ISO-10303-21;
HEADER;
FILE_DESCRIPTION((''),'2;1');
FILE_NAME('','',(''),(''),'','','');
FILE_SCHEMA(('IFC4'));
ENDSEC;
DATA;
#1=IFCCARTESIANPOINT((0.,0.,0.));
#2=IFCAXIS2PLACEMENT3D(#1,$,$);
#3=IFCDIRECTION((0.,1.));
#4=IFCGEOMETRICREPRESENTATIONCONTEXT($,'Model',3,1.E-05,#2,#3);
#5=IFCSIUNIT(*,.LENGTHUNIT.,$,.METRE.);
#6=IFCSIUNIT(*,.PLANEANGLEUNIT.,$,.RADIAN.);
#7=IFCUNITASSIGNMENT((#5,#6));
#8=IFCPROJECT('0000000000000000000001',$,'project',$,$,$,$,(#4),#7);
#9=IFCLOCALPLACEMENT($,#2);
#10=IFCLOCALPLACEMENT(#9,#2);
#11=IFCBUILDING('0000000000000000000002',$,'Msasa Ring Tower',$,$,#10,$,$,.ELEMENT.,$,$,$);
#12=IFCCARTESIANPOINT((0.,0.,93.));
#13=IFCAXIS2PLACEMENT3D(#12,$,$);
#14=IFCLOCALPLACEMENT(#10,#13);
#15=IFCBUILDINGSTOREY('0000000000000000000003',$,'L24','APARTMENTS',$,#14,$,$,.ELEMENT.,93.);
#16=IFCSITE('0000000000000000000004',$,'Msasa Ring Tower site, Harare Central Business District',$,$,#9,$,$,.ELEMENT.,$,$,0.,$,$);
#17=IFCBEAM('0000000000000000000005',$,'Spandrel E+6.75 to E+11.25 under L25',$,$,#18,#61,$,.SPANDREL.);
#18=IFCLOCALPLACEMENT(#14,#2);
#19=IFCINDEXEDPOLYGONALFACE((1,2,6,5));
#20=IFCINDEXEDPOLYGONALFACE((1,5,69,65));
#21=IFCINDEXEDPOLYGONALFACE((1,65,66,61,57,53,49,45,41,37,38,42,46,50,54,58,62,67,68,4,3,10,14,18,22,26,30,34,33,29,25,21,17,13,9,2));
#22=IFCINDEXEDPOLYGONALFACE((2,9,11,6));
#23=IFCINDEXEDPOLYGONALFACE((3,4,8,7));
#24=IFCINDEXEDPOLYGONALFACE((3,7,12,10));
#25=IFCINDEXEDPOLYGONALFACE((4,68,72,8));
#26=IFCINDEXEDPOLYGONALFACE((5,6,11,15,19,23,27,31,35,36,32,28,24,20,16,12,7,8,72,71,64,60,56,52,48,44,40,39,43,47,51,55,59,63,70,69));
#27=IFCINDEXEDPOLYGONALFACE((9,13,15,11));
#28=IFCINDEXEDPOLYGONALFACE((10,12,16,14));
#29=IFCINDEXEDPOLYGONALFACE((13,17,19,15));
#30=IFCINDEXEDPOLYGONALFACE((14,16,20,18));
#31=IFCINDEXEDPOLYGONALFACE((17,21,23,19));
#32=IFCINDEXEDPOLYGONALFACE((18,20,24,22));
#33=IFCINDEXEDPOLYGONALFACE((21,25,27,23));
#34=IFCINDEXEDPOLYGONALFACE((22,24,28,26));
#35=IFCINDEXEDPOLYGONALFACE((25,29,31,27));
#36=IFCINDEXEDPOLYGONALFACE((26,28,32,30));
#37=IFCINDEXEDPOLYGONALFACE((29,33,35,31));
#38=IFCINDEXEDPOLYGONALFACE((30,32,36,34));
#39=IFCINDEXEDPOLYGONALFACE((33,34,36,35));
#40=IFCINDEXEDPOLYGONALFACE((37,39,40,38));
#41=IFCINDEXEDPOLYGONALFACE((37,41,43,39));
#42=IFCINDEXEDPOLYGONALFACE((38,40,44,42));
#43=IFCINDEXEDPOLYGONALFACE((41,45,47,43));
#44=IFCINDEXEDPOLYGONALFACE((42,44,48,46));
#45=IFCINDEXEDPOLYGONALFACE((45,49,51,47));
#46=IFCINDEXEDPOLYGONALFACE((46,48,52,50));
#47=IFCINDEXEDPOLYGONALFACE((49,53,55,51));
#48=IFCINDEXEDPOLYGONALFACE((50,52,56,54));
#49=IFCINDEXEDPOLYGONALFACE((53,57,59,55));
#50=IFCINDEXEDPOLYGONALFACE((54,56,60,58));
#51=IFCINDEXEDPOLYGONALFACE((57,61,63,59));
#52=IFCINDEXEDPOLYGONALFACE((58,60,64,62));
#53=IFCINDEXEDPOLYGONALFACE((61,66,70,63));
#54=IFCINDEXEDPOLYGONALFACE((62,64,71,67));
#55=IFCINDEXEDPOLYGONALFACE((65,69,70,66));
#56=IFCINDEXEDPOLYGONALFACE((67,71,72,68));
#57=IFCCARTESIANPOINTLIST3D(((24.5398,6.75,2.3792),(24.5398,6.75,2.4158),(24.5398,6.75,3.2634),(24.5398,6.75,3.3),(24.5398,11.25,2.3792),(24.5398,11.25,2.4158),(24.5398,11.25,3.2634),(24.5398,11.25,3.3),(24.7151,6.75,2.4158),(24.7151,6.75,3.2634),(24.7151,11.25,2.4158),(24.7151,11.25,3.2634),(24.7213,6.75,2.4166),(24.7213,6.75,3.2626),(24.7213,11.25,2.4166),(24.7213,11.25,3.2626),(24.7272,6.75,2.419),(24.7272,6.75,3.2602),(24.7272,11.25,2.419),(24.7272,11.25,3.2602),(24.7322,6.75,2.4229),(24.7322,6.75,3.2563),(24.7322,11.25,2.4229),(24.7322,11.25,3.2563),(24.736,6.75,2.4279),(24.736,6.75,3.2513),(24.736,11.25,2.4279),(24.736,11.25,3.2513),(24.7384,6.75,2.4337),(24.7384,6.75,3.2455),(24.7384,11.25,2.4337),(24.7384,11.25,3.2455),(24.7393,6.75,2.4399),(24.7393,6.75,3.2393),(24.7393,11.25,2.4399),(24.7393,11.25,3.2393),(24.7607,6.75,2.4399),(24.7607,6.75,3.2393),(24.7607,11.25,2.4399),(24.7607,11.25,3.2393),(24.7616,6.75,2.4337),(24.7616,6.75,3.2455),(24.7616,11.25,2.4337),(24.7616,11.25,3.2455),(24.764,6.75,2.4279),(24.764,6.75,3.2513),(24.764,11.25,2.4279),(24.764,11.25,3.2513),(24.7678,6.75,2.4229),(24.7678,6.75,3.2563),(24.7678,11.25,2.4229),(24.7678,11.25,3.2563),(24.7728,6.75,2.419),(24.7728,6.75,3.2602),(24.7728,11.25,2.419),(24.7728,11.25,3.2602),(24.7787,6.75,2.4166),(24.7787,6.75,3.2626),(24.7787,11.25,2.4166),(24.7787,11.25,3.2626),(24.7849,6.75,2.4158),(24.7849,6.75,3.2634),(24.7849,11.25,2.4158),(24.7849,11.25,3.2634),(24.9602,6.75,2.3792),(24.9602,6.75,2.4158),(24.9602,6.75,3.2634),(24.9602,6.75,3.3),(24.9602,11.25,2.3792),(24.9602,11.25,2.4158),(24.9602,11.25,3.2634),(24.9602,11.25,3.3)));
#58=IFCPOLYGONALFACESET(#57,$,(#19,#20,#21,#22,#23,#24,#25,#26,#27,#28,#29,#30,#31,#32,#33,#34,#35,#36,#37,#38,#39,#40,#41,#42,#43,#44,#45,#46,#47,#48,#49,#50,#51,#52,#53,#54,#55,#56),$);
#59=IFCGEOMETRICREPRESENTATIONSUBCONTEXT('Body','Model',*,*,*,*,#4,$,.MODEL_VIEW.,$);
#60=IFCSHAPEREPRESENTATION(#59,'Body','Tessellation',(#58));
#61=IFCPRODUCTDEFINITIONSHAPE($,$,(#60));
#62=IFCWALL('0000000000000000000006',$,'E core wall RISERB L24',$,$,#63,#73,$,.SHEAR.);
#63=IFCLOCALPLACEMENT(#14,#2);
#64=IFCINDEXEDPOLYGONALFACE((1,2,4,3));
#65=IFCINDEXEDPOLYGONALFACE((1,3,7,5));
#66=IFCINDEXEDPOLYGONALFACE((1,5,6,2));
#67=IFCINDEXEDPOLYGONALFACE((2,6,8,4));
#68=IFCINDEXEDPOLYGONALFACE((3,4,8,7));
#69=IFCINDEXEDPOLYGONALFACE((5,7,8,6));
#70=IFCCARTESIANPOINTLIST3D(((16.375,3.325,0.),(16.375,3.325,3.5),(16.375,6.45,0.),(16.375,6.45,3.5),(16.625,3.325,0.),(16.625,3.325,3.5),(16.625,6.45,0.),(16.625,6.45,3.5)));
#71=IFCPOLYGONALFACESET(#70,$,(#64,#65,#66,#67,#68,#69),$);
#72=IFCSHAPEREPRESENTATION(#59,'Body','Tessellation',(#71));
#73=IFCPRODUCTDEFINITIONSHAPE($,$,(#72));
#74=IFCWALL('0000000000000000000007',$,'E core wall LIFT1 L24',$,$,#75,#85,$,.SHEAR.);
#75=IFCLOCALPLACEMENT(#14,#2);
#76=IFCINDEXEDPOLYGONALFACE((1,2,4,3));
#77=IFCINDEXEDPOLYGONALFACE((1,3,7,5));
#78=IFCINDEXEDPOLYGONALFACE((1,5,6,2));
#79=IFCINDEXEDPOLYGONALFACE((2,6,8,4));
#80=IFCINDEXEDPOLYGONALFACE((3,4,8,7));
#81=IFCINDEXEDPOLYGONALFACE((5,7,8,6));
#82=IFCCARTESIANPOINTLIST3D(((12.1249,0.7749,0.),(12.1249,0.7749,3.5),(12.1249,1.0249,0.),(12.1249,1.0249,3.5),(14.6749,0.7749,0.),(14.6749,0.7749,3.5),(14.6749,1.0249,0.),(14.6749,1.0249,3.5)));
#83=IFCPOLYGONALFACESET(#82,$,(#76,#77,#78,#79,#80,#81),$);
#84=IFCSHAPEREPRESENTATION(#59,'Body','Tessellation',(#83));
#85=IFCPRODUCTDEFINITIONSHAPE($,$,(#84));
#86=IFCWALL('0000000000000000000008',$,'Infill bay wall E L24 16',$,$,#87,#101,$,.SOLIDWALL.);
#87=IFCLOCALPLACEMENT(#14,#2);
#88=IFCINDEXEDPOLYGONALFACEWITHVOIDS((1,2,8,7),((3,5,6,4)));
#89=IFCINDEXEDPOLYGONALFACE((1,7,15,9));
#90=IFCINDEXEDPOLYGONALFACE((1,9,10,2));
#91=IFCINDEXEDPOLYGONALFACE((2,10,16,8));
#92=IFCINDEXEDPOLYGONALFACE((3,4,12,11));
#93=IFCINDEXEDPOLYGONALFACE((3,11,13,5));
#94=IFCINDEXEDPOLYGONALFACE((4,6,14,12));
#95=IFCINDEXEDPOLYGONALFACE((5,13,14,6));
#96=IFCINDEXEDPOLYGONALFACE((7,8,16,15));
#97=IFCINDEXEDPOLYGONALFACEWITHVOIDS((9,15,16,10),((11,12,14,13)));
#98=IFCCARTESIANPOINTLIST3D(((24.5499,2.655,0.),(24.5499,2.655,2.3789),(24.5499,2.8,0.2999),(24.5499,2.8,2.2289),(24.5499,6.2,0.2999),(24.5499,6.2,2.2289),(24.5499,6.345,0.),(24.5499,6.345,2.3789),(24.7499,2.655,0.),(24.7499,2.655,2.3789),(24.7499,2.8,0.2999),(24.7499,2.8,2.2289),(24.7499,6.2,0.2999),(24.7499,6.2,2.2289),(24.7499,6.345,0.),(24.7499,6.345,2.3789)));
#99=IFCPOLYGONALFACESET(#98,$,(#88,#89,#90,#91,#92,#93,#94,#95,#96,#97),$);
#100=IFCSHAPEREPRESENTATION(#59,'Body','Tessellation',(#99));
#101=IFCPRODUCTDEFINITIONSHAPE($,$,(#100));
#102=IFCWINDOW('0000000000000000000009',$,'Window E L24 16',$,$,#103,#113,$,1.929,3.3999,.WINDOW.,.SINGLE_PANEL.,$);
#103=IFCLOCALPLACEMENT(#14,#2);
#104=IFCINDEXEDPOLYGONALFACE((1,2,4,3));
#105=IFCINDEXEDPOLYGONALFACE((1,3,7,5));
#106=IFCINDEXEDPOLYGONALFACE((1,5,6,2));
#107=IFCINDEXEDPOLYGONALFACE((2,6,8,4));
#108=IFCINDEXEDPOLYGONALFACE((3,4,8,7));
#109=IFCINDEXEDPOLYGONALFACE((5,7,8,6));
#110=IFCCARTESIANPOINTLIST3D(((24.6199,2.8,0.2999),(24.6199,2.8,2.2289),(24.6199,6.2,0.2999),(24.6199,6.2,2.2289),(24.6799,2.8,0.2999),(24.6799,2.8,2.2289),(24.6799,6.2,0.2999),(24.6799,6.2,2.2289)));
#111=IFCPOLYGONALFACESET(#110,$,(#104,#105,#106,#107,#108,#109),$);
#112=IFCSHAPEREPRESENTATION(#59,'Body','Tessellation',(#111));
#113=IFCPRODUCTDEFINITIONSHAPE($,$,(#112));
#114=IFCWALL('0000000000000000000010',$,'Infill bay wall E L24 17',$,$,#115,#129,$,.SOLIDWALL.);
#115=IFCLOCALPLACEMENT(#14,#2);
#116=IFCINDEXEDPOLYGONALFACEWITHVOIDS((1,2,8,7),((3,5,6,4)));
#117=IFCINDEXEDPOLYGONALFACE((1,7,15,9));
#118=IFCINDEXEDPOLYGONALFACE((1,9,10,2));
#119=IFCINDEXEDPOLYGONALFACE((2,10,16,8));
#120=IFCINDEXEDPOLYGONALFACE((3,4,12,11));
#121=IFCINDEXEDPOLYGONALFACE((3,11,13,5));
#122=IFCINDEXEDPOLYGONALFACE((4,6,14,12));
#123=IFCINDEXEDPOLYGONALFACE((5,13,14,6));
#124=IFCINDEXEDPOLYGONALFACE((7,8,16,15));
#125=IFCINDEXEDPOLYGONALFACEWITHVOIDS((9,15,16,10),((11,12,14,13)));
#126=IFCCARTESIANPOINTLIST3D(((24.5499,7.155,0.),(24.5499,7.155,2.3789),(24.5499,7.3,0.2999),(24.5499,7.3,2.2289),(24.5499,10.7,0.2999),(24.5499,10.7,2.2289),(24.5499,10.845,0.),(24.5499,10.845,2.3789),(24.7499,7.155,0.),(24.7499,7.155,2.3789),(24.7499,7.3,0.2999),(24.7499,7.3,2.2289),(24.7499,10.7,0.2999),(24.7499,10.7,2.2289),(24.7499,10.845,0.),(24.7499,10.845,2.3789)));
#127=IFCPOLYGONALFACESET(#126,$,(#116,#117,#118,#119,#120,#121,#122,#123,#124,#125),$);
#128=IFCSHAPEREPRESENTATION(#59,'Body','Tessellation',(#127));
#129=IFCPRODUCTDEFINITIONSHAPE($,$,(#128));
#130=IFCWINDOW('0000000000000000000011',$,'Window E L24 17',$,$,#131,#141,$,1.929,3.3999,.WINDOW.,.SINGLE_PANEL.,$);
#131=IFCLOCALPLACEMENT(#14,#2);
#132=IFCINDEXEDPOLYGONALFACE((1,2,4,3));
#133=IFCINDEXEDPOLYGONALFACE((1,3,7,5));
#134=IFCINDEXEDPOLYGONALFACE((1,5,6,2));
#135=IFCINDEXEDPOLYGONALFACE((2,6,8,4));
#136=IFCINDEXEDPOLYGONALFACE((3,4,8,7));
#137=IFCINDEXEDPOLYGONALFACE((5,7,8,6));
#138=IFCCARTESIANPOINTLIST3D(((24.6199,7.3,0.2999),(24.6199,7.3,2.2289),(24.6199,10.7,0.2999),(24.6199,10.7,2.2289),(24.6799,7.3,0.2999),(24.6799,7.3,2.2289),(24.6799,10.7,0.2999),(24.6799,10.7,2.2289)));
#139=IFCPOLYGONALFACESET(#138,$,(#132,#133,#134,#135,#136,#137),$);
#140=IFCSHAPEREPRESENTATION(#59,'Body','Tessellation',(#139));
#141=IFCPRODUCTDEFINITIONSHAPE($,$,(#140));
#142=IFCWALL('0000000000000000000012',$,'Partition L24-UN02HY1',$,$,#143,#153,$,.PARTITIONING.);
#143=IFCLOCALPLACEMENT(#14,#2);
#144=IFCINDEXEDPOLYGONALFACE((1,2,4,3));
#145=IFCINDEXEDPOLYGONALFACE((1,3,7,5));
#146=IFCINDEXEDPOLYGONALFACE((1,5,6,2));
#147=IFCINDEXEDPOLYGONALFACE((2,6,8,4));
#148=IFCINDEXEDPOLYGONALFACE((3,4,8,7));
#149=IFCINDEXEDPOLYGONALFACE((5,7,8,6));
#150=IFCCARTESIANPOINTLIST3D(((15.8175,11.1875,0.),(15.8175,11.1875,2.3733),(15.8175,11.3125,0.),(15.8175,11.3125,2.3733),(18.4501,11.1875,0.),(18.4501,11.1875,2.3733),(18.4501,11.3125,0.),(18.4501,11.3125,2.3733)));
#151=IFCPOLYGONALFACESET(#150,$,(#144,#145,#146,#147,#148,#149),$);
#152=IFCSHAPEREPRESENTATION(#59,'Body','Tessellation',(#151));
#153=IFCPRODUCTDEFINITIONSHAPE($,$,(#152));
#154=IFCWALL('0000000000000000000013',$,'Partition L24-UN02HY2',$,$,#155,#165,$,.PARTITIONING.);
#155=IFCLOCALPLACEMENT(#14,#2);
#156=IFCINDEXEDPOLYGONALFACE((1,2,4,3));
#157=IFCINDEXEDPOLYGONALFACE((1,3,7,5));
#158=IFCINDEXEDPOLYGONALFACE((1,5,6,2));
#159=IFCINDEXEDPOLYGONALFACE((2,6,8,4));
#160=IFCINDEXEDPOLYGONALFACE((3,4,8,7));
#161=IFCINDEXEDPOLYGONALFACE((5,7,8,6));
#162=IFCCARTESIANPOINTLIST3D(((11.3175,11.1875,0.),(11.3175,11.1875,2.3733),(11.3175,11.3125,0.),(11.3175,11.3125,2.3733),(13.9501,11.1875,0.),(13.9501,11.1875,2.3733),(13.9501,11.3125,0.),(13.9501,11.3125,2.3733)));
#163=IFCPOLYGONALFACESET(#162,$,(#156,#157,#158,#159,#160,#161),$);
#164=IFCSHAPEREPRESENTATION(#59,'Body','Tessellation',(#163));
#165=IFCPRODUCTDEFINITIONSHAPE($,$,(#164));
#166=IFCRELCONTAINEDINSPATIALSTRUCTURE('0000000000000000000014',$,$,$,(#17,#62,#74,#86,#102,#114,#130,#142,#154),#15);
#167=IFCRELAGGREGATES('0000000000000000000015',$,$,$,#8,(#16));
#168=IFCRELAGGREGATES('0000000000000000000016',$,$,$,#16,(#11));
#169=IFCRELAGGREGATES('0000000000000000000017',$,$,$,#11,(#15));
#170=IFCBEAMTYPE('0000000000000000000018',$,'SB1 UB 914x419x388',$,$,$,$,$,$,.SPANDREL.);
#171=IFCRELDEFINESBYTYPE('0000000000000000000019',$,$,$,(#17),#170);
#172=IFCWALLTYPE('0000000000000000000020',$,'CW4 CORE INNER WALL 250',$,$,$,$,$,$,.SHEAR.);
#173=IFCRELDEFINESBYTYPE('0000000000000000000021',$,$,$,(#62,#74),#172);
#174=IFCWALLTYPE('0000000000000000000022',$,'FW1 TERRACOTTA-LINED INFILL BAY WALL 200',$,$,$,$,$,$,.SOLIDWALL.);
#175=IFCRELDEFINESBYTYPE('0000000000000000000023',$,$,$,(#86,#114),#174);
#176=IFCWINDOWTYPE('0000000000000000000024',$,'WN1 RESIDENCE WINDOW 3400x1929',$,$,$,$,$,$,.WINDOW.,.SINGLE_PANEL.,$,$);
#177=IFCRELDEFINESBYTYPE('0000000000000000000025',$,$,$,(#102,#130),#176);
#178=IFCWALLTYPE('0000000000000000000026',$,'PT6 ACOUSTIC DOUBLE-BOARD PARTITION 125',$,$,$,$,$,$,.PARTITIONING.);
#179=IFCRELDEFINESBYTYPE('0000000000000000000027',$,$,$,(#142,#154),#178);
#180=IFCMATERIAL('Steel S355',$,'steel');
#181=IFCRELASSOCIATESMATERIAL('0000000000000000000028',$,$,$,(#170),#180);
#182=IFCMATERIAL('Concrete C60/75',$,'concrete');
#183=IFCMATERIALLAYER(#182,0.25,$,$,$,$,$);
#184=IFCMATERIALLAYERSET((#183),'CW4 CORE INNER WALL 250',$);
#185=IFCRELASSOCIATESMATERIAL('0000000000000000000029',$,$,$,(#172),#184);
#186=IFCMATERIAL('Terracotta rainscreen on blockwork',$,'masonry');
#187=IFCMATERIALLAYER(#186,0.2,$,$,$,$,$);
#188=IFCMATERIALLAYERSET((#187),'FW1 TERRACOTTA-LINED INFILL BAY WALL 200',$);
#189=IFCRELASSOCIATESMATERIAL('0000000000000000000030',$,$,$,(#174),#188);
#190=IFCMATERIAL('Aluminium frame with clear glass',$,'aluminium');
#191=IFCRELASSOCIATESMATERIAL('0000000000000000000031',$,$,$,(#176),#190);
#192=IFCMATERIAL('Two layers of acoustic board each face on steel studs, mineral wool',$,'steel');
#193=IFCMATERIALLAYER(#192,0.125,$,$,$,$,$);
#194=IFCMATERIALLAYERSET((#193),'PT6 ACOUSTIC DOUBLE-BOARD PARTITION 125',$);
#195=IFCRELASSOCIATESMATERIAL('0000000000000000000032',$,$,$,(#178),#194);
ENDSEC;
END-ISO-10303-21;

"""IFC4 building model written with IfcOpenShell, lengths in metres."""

from ifc_helpers import new_model, si_unit, direction, frame, frame_2d, origin, origin_2d, place, context, subcontext, project, spatial, rectangle, i_section, extrude, material, layer, layer_set, material_profile, profile_set, type_object, element, fill, save


model = new_model("IFC4")

# Units and contexts
model_context = context("Model", 3, precision=1e-05, world=origin(), true_north=direction((0.0, 1.0)))
body_context = subcontext(model_context, "Body", "Model", "MODEL_VIEW")
ifc_project = project(units=[si_unit("LENGTHUNIT", "METRE"), si_unit("PLANEANGLEUNIT", "RADIAN")], contexts=[model_context])

# Site, building, storey
site_placement = place(None, origin())
site = spatial("IfcSite", under=ifc_project, at=site_placement, Name="Msasa Ring Tower site, Harare Central Business District", CompositionType="ELEMENT", RefElevation=0.0)
building_placement = place(site_placement, origin())
building = spatial("IfcBuilding", under=site, at=building_placement, Name="Msasa Ring Tower", CompositionType="ELEMENT")
storey_placement = place(building_placement, frame((0.0, 0.0, 93.0)))
storey = spatial("IfcBuildingStorey", under=building, at=storey_placement, Name="L24", Description="APARTMENTS", CompositionType="ELEMENT", Elevation=93.0)

# Beam
ifc_material_1 = material(Name="Steel S355", Category="steel")
ifc_material_profile_1 = material_profile(ifc_material_1, i_section(OverallWidth=0.4204, OverallDepth=0.9209, WebThickness=0.0215, FlangeThickness=0.0366, FilletRadius=0.0242, at=origin_2d()), Name="UB 914x419x388")
ifc_profile_set_1 = profile_set([ifc_material_profile_1], Name="Steel S355")
beam_type_1 = type_object("IfcBeamType", Name="SB1 UB 914x419x388", PredefinedType="SPANDREL", material=ifc_profile_set_1)
for number, where, z_axis, x_axis, name in (
    (1, (24.75, 6.75, 2.8396), (0.0, 1.0, 0.0), (-1.0, 0.0, 0.0), "Spandrel E+6.75 to E+11.25 under L25"),
):
    element("IfcBeam", number, at=place(storey_placement, frame(where, z_axis=z_axis, x_axis=x_axis)), inside=storey, type_object=beam_type_1, Name=name, PredefinedType="SPANDREL", context=body_context, shape_type="SweptSolid", body=[
        extrude(i_section(OverallWidth=0.4204, OverallDepth=0.9209, WebThickness=0.0215, FlangeThickness=0.0366, FilletRadius=0.0242, at=origin_2d()), origin(), (0.0, 0.0, 1.0), 4.5),
    ])

# Walls
ifc_material_2 = material(Name="Concrete C60/75", Category="concrete")
ifc_layer_1 = layer(ifc_material_2, 0.25)
ifc_layer_set_1 = layer_set([ifc_layer_1], Name="CW4 CORE INNER WALL 250")
wall_type_1 = type_object("IfcWallType", Name="CW4 CORE INNER WALL 250", PredefinedType="SHEAR", material=ifc_layer_set_1)
wall_1_placement = place(storey_placement, frame((16.5, 3.325, 0.0), z_axis=(0.0, 0.0, 1.0), x_axis=(0.0, 1.0, 0.0)))
element("IfcWall", 2, at=wall_1_placement, inside=storey, type_object=wall_type_1, Name="E core wall RISERB L24", PredefinedType="SHEAR", context=body_context, shape_type="SweptSolid", body=[
    extrude(rectangle(XDim=3.125, YDim=0.25, at=frame_2d((1.5625, 0.0))), origin(), (0.0, 0.0, 1.0), 3.5),
])
wall_2_placement = place(storey_placement, frame((12.125, 0.8999, 0.0), z_axis=(0.0, 0.0, 1.0), x_axis=(1.0, 0.0, 0.0)))
element("IfcWall", 3, at=wall_2_placement, inside=storey, type_object=wall_type_1, Name="E core wall LIFT1 L24", PredefinedType="SHEAR", context=body_context, shape_type="SweptSolid", body=[
    extrude(rectangle(XDim=2.55, YDim=0.25, at=frame_2d((1.2749, 0.0))), origin(), (0.0, 0.0, 1.0), 3.5),
])

# Walls, openings, windows
ifc_material_3 = material(Name="Terracotta rainscreen on blockwork", Category="masonry")
ifc_layer_2 = layer(ifc_material_3, 0.2)
ifc_layer_set_2 = layer_set([ifc_layer_2], Name="FW1 TERRACOTTA-LINED INFILL BAY WALL 200")
wall_type_2 = type_object("IfcWallType", Name="FW1 TERRACOTTA-LINED INFILL BAY WALL 200", PredefinedType="SOLIDWALL", material=ifc_layer_set_2)
wall_3_placement = place(storey_placement, frame((24.6499, 2.655, 0.0), z_axis=(0.0, 0.0, 1.0), x_axis=(0.0, 1.0, 0.0)))
wall_3 = element("IfcWall", 4, at=wall_3_placement, inside=storey, type_object=wall_type_2, Name="Infill bay wall E L24 16", PredefinedType="SOLIDWALL", context=body_context, shape_type="SweptSolid", body=[
    extrude(rectangle(XDim=3.6899, YDim=0.2, at=frame_2d((1.845, 0.0))), origin(), (0.0, 0.0, 1.0), 2.3789),
])
opening_1_placement = place(wall_3_placement, frame((0.145, 0.0, 0.3)))
opening_1 = element("IfcOpeningElement", 5, at=opening_1_placement, cuts=wall_3, PredefinedType="OPENING", context=body_context, shape_type="SweptSolid", body=[
    extrude(rectangle(XDim=3.3999, YDim=1.929, at=frame_2d((1.7, 0.9644))), frame((0.0, 0.1099, 0.0), z_axis=(0.0, -1.0, 0.0), x_axis=(1.0, 0.0, 0.0)), (0.0, 0.0, 1.0), 0.22),
])
ifc_material_4 = material(Name="Aluminium frame with clear glass", Category="aluminium")
window_type = type_object("IfcWindowType", Name="WN1 RESIDENCE WINDOW 3400x1929", PartitioningType="SINGLE_PANEL", PredefinedType="WINDOW", material=ifc_material_4)
window_1_placement = place(opening_1_placement, origin())
window_1 = element("IfcWindow", 6, at=window_1_placement, inside=storey, type_object=window_type, Name="Window E L24 16", OverallHeight=1.929, OverallWidth=3.3999, PartitioningType="SINGLE_PANEL", PredefinedType="WINDOW", context=body_context, shape_type="SweptSolid", body=[
    extrude(rectangle(XDim=3.3999, YDim=1.929, at=frame_2d((1.7, 0.9644))), frame((0.0, 0.03, 0.0), z_axis=(0.0, -1.0, 0.0), x_axis=(1.0, 0.0, 0.0)), (0.0, 0.0, 1.0), 0.0601),
])
fill(opening_1, window_1)
wall_4_placement = place(storey_placement, frame((24.6499, 7.155, 0.0), z_axis=(0.0, 0.0, 1.0), x_axis=(0.0, 1.0, 0.0)))
wall_4 = element("IfcWall", 7, at=wall_4_placement, inside=storey, type_object=wall_type_2, Name="Infill bay wall E L24 17", PredefinedType="SOLIDWALL", context=body_context, shape_type="SweptSolid", body=[
    extrude(rectangle(XDim=3.6899, YDim=0.2, at=frame_2d((1.845, 0.0))), origin(), (0.0, 0.0, 1.0), 2.3789),
])
opening_2_placement = place(wall_4_placement, frame((0.145, 0.0, 0.3)))
opening_2 = element("IfcOpeningElement", 8, at=opening_2_placement, cuts=wall_4, PredefinedType="OPENING", context=body_context, shape_type="SweptSolid", body=[
    extrude(rectangle(XDim=3.3999, YDim=1.929, at=frame_2d((1.7, 0.9644))), frame((0.0, 0.1099, 0.0), z_axis=(0.0, -1.0, 0.0), x_axis=(1.0, 0.0, 0.0)), (0.0, 0.0, 1.0), 0.22),
])
window_2_placement = place(opening_2_placement, origin())
window_2 = element("IfcWindow", 9, at=window_2_placement, inside=storey, type_object=window_type, Name="Window E L24 17", OverallHeight=1.929, OverallWidth=3.3999, PartitioningType="SINGLE_PANEL", PredefinedType="WINDOW", context=body_context, shape_type="SweptSolid", body=[
    extrude(rectangle(XDim=3.3999, YDim=1.929, at=frame_2d((1.7, 0.9644))), frame((0.0, 0.03, 0.0), z_axis=(0.0, -1.0, 0.0), x_axis=(1.0, 0.0, 0.0)), (0.0, 0.0, 1.0), 0.0601),
])
fill(opening_2, window_2)

# Walls
ifc_material_5 = material(Name="Two layers of acoustic board each face on steel studs, mineral wool", Category="steel")
ifc_layer_3 = layer(ifc_material_5, 0.125)
ifc_layer_set_3 = layer_set([ifc_layer_3], Name="PT6 ACOUSTIC DOUBLE-BOARD PARTITION 125")
wall_type_3 = type_object("IfcWallType", Name="PT6 ACOUSTIC DOUBLE-BOARD PARTITION 125", PredefinedType="PARTITIONING", material=ifc_layer_set_3)
for number, where, z_axis, x_axis, name in (
    (10, (15.8174, 11.25, 0.0), (0.0, 0.0, 1.0), (1.0, 0.0, 0.0), "Partition L24-UN02HY1"),
    (11, (11.3174, 11.25, 0.0), (0.0, 0.0, 1.0), (1.0, 0.0, 0.0), "Partition L24-UN02HY2"),
):
    element("IfcWall", number, at=place(storey_placement, frame(where, z_axis=z_axis, x_axis=x_axis)), inside=storey, type_object=wall_type_3, Name=name, PredefinedType="PARTITIONING", context=body_context, shape_type="SweptSolid", body=[
        extrude(rectangle(XDim=2.6326, YDim=0.125, at=frame_2d((1.3164, 0.0))), origin(), (0.0, 0.0, 1.0), 2.3733),
    ])

save(model, "model.ifc")
